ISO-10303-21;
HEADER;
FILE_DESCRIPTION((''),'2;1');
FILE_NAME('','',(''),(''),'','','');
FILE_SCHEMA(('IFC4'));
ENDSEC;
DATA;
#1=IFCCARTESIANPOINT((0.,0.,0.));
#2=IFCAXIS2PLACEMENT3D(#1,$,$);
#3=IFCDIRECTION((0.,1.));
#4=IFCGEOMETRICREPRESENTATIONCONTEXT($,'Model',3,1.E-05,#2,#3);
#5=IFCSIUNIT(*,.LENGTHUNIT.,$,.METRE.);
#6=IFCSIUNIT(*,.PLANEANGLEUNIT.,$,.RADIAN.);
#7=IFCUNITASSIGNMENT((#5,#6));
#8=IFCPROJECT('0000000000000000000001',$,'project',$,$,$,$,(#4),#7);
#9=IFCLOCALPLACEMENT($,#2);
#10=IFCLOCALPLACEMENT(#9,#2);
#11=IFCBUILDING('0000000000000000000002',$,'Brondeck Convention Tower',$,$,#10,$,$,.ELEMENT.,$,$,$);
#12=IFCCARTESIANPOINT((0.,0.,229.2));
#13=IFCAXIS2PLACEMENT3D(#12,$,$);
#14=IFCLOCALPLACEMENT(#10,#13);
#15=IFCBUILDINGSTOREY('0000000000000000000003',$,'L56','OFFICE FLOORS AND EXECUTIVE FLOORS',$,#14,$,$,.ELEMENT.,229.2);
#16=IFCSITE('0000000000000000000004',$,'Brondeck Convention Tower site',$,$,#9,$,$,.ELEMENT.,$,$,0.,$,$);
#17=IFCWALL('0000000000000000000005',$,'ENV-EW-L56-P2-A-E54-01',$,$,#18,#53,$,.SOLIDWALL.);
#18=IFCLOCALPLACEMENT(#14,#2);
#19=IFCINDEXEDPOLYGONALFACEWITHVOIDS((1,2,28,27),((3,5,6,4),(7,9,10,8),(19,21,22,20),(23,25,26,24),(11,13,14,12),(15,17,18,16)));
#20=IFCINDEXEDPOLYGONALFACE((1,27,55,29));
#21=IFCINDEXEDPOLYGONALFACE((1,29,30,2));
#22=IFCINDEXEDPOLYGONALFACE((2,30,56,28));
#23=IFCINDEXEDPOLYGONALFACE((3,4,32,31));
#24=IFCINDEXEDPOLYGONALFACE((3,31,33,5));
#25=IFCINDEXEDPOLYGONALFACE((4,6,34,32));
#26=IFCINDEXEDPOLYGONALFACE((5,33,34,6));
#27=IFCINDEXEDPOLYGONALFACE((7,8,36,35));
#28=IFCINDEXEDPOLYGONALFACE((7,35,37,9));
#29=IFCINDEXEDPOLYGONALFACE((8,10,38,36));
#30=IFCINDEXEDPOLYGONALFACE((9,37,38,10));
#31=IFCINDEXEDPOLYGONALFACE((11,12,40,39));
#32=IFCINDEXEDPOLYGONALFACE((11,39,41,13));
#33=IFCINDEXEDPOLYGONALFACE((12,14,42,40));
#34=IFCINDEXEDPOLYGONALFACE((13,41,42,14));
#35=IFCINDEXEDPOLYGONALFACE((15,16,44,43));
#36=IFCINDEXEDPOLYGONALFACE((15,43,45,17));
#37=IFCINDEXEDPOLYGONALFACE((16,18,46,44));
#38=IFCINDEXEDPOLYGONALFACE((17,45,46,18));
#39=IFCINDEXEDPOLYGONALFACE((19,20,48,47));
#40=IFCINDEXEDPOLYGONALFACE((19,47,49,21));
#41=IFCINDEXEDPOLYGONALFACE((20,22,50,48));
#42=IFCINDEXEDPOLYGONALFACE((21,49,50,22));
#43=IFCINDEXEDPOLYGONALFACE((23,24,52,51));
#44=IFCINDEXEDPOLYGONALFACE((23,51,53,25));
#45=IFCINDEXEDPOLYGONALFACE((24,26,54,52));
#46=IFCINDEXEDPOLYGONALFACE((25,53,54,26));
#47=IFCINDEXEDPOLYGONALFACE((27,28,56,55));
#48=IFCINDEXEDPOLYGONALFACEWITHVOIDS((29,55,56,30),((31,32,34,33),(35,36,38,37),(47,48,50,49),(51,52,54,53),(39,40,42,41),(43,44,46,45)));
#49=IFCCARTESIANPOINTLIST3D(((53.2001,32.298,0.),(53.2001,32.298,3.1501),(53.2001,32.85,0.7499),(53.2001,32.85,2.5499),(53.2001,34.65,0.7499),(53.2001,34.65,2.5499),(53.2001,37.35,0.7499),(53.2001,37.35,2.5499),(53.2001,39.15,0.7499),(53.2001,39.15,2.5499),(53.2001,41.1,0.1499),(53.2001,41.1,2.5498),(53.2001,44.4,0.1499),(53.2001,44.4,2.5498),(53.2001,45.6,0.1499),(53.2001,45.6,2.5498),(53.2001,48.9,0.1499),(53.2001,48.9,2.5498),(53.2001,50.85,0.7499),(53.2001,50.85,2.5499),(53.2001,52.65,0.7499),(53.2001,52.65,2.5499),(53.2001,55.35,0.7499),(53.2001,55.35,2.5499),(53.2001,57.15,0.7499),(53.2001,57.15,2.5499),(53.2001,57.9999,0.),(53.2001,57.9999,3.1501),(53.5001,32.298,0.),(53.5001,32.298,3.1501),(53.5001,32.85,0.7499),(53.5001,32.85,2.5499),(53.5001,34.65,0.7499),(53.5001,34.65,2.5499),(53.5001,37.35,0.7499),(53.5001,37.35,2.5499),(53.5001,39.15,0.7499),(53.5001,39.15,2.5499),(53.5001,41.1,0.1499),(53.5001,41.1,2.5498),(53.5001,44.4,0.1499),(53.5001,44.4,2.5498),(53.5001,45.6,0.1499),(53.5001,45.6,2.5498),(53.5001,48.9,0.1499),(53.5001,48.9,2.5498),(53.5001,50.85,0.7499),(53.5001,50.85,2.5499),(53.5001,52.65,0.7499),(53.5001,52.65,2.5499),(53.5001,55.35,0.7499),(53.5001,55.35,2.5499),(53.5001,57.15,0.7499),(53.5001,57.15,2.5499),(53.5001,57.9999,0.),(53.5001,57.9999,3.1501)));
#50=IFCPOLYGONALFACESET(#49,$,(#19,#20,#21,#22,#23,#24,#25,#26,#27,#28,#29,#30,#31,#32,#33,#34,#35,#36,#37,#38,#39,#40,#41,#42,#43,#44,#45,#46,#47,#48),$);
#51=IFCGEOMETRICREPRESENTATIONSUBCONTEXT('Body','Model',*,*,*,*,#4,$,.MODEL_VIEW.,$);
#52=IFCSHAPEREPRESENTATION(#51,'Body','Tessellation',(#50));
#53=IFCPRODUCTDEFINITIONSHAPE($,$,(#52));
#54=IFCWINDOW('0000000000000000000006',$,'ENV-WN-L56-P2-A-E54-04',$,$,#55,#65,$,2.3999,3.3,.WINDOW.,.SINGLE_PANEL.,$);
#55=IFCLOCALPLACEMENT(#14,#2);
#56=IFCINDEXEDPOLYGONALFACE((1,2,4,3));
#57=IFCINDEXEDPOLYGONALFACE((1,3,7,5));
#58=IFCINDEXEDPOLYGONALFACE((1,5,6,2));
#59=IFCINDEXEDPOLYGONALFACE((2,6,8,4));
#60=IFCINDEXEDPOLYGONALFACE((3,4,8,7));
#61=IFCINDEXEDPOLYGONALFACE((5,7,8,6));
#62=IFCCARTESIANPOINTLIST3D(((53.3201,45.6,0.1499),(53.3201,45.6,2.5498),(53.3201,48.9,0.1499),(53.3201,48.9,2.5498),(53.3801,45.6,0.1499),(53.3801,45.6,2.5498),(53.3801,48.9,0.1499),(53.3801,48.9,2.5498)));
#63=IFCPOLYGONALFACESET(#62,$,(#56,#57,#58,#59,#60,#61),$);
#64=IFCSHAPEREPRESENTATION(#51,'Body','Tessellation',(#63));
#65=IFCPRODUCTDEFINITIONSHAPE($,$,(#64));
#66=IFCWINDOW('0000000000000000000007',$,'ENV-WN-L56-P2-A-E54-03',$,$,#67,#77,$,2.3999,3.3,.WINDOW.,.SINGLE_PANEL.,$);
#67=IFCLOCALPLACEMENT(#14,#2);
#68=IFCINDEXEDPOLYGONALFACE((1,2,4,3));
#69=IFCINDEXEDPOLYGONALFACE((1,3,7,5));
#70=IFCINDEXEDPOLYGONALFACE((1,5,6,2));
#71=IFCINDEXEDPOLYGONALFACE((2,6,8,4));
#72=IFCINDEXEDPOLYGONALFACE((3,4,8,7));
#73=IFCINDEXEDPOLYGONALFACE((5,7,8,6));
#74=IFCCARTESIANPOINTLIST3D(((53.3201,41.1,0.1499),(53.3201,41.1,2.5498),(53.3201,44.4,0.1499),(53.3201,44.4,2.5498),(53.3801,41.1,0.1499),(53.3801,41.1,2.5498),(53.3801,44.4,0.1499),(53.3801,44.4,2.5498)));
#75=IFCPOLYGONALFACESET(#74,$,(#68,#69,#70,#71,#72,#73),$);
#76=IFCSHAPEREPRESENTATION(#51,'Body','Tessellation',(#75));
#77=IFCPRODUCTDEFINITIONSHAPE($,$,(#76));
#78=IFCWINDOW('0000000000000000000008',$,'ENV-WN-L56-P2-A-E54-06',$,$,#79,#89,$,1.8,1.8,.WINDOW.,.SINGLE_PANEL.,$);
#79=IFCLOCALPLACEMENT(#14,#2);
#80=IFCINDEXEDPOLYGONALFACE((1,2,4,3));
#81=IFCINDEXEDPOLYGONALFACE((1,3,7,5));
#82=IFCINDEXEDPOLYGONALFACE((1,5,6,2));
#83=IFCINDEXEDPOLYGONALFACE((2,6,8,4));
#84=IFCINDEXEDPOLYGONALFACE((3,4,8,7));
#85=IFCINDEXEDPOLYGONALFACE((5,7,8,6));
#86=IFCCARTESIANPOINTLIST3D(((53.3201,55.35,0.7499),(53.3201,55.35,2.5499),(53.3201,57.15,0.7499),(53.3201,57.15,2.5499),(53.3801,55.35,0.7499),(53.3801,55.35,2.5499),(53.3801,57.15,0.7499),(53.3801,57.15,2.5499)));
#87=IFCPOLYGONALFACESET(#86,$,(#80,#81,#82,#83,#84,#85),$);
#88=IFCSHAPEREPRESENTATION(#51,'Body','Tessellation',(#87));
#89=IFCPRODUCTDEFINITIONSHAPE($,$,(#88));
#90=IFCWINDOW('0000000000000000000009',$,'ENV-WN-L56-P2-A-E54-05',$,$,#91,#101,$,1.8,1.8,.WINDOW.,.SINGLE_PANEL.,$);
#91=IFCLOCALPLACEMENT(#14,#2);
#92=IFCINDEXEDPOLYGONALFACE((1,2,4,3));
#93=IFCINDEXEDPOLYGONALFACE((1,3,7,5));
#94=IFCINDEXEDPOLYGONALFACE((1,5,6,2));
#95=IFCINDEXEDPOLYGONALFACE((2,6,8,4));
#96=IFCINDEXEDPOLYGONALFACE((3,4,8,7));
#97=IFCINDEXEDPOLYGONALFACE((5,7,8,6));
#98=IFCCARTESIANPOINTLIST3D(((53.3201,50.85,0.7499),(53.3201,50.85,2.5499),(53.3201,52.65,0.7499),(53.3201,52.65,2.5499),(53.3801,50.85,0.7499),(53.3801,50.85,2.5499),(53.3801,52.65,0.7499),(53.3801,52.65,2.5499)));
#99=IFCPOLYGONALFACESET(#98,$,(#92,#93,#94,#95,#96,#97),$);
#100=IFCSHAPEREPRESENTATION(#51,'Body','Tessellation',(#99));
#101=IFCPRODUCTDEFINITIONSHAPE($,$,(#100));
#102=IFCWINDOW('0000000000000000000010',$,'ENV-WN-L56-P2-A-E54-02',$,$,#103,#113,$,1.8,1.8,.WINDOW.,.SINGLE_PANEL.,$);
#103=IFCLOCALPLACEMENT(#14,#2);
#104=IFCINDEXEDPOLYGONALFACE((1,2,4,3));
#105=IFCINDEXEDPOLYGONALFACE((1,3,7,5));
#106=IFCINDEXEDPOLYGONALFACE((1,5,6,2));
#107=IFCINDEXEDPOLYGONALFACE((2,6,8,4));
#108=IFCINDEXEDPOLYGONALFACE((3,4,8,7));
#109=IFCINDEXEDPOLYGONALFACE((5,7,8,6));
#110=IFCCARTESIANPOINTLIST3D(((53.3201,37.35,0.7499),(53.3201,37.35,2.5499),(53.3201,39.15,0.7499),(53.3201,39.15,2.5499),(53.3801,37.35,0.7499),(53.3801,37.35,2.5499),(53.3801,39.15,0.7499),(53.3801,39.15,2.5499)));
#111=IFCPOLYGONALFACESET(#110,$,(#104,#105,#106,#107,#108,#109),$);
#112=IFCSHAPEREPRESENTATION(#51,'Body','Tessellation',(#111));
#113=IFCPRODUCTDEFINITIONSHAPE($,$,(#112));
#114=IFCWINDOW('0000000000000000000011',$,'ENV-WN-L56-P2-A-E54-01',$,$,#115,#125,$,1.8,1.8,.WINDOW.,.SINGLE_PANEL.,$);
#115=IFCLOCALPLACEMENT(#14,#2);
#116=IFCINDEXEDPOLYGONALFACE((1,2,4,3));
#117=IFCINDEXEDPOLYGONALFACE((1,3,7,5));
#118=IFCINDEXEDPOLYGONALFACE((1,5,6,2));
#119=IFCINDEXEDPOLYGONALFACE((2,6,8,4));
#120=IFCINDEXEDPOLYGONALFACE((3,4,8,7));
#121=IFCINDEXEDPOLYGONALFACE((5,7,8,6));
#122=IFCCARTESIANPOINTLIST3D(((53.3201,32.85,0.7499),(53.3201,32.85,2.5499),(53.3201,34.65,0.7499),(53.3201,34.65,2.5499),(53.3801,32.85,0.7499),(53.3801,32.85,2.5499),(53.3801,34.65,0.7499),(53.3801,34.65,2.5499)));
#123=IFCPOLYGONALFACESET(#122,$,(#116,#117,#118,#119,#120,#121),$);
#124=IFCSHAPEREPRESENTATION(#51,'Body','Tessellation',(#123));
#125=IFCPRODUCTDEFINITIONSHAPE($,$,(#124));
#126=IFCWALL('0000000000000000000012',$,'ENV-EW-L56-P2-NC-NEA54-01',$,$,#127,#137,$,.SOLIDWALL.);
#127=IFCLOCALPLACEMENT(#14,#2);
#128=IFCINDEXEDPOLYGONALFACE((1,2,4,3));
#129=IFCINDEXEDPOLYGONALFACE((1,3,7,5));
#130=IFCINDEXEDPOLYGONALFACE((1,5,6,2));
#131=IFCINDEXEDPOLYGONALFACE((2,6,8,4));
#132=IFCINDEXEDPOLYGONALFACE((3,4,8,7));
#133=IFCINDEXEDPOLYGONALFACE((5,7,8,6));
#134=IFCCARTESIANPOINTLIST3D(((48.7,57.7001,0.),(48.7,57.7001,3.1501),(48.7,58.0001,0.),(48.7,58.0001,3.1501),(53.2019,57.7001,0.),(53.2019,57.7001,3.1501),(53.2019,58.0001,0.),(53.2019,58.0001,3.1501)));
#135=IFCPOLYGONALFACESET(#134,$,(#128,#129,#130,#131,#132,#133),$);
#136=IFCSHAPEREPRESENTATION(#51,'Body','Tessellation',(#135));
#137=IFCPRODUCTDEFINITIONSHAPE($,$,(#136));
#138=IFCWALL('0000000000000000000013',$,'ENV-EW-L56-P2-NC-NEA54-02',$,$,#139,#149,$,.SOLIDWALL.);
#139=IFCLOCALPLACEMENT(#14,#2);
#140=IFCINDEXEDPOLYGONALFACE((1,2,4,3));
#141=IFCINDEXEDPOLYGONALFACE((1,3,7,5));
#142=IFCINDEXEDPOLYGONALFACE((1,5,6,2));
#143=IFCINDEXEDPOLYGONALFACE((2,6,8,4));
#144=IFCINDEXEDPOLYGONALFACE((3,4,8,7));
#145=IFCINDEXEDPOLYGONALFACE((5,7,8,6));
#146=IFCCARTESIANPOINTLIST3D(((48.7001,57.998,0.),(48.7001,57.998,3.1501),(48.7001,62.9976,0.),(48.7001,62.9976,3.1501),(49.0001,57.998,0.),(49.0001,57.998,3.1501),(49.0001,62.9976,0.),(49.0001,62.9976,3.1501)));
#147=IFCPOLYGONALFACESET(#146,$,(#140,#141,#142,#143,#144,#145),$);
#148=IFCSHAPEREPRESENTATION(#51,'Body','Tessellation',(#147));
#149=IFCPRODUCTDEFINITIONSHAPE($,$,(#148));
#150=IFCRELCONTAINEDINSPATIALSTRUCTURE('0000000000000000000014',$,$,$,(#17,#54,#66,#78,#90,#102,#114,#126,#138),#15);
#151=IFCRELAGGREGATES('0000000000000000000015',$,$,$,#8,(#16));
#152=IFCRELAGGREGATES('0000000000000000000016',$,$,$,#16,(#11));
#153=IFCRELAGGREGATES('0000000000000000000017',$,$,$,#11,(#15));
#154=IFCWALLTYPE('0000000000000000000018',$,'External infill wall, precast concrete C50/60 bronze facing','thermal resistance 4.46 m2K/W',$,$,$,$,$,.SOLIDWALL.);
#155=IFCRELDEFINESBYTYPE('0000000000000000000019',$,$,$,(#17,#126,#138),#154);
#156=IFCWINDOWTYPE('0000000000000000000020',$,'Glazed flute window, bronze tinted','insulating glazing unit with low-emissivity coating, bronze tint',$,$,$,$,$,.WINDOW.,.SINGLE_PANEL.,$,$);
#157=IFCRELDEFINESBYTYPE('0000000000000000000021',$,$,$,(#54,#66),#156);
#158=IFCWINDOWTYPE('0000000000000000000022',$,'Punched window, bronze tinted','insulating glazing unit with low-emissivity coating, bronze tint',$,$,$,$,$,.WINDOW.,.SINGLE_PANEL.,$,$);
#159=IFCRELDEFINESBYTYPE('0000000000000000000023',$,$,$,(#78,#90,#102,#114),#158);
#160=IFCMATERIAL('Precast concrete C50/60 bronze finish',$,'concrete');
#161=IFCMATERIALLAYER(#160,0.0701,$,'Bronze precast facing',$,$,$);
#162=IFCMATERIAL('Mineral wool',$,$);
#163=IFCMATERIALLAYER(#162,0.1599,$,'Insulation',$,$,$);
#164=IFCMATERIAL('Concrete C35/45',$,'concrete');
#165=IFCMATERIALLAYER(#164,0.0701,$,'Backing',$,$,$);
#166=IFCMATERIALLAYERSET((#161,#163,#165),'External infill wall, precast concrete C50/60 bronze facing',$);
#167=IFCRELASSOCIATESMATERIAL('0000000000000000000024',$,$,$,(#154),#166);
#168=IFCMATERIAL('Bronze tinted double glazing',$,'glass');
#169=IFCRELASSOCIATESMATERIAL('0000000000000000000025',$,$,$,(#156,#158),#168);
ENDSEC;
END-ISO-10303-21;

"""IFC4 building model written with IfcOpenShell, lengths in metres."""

from ifc_helpers import new_model, si_unit, direction, frame, frame_2d, origin, place, context, subcontext, project, spatial, rectangle, extrude, material, layer, layer_set, type_object, element, fill, save


model = new_model("IFC4")

# Units and contexts
model_context = context("Model", 3, precision=1e-05, world=origin(), true_north=direction((0.0, 1.0)))
body_context = subcontext(model_context, "Body", "Model", "MODEL_VIEW")
ifc_project = project(units=[si_unit("LENGTHUNIT", "METRE"), si_unit("PLANEANGLEUNIT", "RADIAN")], contexts=[model_context])

# Site, building, storey
site_placement = place(None, origin())
site = spatial("IfcSite", under=ifc_project, at=site_placement, Name="Brondeck Convention Tower site", CompositionType="ELEMENT", RefElevation=0.0)
building_placement = place(site_placement, origin())
building = spatial("IfcBuilding", under=site, at=building_placement, Name="Brondeck Convention Tower", CompositionType="ELEMENT")
storey_placement = place(building_placement, frame((0.0, 0.0, 229.2)))
storey = spatial("IfcBuildingStorey", under=building, at=storey_placement, Name="L56", Description="OFFICE FLOORS AND EXECUTIVE FLOORS", CompositionType="ELEMENT", Elevation=229.2)

# Wall, openings, windows
ifc_material_1 = material(Name="Precast concrete C50/60 bronze finish", Category="concrete")
ifc_layer_1 = layer(ifc_material_1, 0.0701, Name="Bronze precast facing")
ifc_material_2 = material(Name="Mineral wool")
ifc_layer_2 = layer(ifc_material_2, 0.1599, Name="Insulation")
ifc_material_3 = material(Name="Concrete C35/45", Category="concrete")
ifc_layer_3 = layer(ifc_material_3, 0.0701, Name="Backing")
ifc_layer_set_1 = layer_set([ifc_layer_1, ifc_layer_2, ifc_layer_3], Name="External infill wall, precast concrete C50/60 bronze facing")
wall_type_1 = type_object("IfcWallType", Name="External infill wall, precast concrete C50/60 bronze facing", Description="thermal resistance 4.46 m2K/W", PredefinedType="SOLIDWALL", material=ifc_layer_set_1)
wall_1_placement = place(storey_placement, frame((53.3501, 58.0, 0.0), z_axis=(0.0, 0.0, 1.0), x_axis=(0.0, -1.0, 0.0)))
wall_1 = element("IfcWall", 1, at=wall_1_placement, inside=storey, type_object=wall_type_1, Name="ENV-EW-L56-P2-A-E54-01", PredefinedType="SOLIDWALL", context=body_context, shape_type="SweptSolid", body=[
    extrude(rectangle(XDim=25.7019, YDim=0.3, at=frame_2d((12.8511, 0.0))), origin(), (0.0, 0.0, 1.0), 3.1501),
])
opening_1_placement = place(wall_1_placement, frame((0.8501, 0.0, 0.75)))
opening_1 = element("IfcOpeningElement", 2, at=opening_1_placement, cuts=wall_1, PredefinedType="OPENING", context=body_context, shape_type="SweptSolid", body=[
    extrude(rectangle(XDim=1.8, YDim=1.8, at=frame_2d((0.8999, 0.8999))), frame((0.0, 0.1599, 0.0), z_axis=(0.0, -1.0, 0.0), x_axis=(1.0, 0.0, 0.0)), (0.0, 0.0, 1.0), 0.3201),
])
opening_2_placement = place(wall_1_placement, frame((5.3501, 0.0, 0.75)))
opening_2 = element("IfcOpeningElement", 3, at=opening_2_placement, cuts=wall_1, PredefinedType="OPENING", context=body_context, shape_type="SweptSolid", body=[
    extrude(rectangle(XDim=1.8, YDim=1.8, at=frame_2d((0.8999, 0.8999))), frame((0.0, 0.1599, 0.0), z_axis=(0.0, -1.0, 0.0), x_axis=(1.0, 0.0, 0.0)), (0.0, 0.0, 1.0), 0.3201),
])
opening_3_placement = place(wall_1_placement, frame((9.1001, 0.0, 0.1499)))
opening_3 = element("IfcOpeningElement", 4, at=opening_3_placement, cuts=wall_1, PredefinedType="OPENING", context=body_context, shape_type="SweptSolid", body=[
    extrude(rectangle(XDim=3.3, YDim=2.3999, at=frame_2d((1.6499, 1.2))), frame((0.0, 0.1599, 0.0), z_axis=(0.0, -1.0, 0.0), x_axis=(1.0, 0.0, 0.0)), (0.0, 0.0, 1.0), 0.3201),
])
opening_4_placement = place(wall_1_placement, frame((13.6001, 0.0, 0.1499)))
opening_4 = element("IfcOpeningElement", 5, at=opening_4_placement, cuts=wall_1, PredefinedType="OPENING", context=body_context, shape_type="SweptSolid", body=[
    extrude(rectangle(XDim=3.3, YDim=2.3999, at=frame_2d((1.6499, 1.2))), frame((0.0, 0.1599, 0.0), z_axis=(0.0, -1.0, 0.0), x_axis=(1.0, 0.0, 0.0)), (0.0, 0.0, 1.0), 0.3201),
])
opening_5_placement = place(wall_1_placement, frame((18.8501, 0.0, 0.75)))
opening_5 = element("IfcOpeningElement", 6, at=opening_5_placement, cuts=wall_1, PredefinedType="OPENING", context=body_context, shape_type="SweptSolid", body=[
    extrude(rectangle(XDim=1.8, YDim=1.8, at=frame_2d((0.8999, 0.8999))), frame((0.0, 0.1599, 0.0), z_axis=(0.0, -1.0, 0.0), x_axis=(1.0, 0.0, 0.0)), (0.0, 0.0, 1.0), 0.3201),
])
opening_6_placement = place(wall_1_placement, frame((23.3501, 0.0, 0.75)))
opening_6 = element("IfcOpeningElement", 7, at=opening_6_placement, cuts=wall_1, PredefinedType="OPENING", context=body_context, shape_type="SweptSolid", body=[
    extrude(rectangle(XDim=1.8, YDim=1.8, at=frame_2d((0.8999, 0.8999))), frame((0.0, 0.1599, 0.0), z_axis=(0.0, -1.0, 0.0), x_axis=(1.0, 0.0, 0.0)), (0.0, 0.0, 1.0), 0.3201),
])
ifc_material_4 = material(Name="Bronze tinted double glazing", Category="glass")
window_type_1 = type_object("IfcWindowType", Name="Glazed flute window, bronze tinted", Description="insulating glazing unit with low-emissivity coating, bronze tint", PartitioningType="SINGLE_PANEL", PredefinedType="WINDOW", material=ifc_material_4)
window_1_placement = place(opening_3_placement, origin())
window_1 = element("IfcWindow", 8, at=window_1_placement, inside=storey, type_object=window_type_1, Name="ENV-WN-L56-P2-A-E54-04", OverallHeight=2.3999, OverallWidth=3.3, PartitioningType="SINGLE_PANEL", PredefinedType="WINDOW", context=body_context, shape_type="SweptSolid", body=[
    extrude(rectangle(XDim=3.3, YDim=2.3999, at=frame_2d((1.6499, 1.2))), frame((0.0, 0.03, 0.0), z_axis=(0.0, -1.0, 0.0), x_axis=(1.0, 0.0, 0.0)), (0.0, 0.0, 1.0), 0.0601),
])
fill(opening_3, window_1)
window_2_placement = place(opening_4_placement, origin())
window_2 = element("IfcWindow", 9, at=window_2_placement, inside=storey, type_object=window_type_1, Name="ENV-WN-L56-P2-A-E54-03", OverallHeight=2.3999, OverallWidth=3.3, PartitioningType="SINGLE_PANEL", PredefinedType="WINDOW", context=body_context, shape_type="SweptSolid", body=[
    extrude(rectangle(XDim=3.3, YDim=2.3999, at=frame_2d((1.6499, 1.2))), frame((0.0, 0.03, 0.0), z_axis=(0.0, -1.0, 0.0), x_axis=(1.0, 0.0, 0.0)), (0.0, 0.0, 1.0), 0.0601),
])
fill(opening_4, window_2)
window_type_2 = type_object("IfcWindowType", Name="Punched window, bronze tinted", Description="insulating glazing unit with low-emissivity coating, bronze tint", PartitioningType="SINGLE_PANEL", PredefinedType="WINDOW", material=ifc_material_4)
window_3_placement = place(opening_1_placement, origin())
window_3 = element("IfcWindow", 10, at=window_3_placement, inside=storey, type_object=window_type_2, Name="ENV-WN-L56-P2-A-E54-06", OverallHeight=1.8, OverallWidth=1.8, PartitioningType="SINGLE_PANEL", PredefinedType="WINDOW", context=body_context, shape_type="SweptSolid", body=[
    extrude(rectangle(XDim=1.8, YDim=1.8, at=frame_2d((0.8999, 0.8999))), frame((0.0, 0.03, 0.0), z_axis=(0.0, -1.0, 0.0), x_axis=(1.0, 0.0, 0.0)), (0.0, 0.0, 1.0), 0.0601),
])
fill(opening_1, window_3)
window_4_placement = place(opening_2_placement, origin())
window_4 = element("IfcWindow", 11, at=window_4_placement, inside=storey, type_object=window_type_2, Name="ENV-WN-L56-P2-A-E54-05", OverallHeight=1.8, OverallWidth=1.8, PartitioningType="SINGLE_PANEL", PredefinedType="WINDOW", context=body_context, shape_type="SweptSolid", body=[
    extrude(rectangle(XDim=1.8, YDim=1.8, at=frame_2d((0.8999, 0.8999))), frame((0.0, 0.03, 0.0), z_axis=(0.0, -1.0, 0.0), x_axis=(1.0, 0.0, 0.0)), (0.0, 0.0, 1.0), 0.0601),
])
fill(opening_2, window_4)
window_5_placement = place(opening_5_placement, origin())
window_5 = element("IfcWindow", 12, at=window_5_placement, inside=storey, type_object=window_type_2, Name="ENV-WN-L56-P2-A-E54-02", OverallHeight=1.8, OverallWidth=1.8, PartitioningType="SINGLE_PANEL", PredefinedType="WINDOW", context=body_context, shape_type="SweptSolid", body=[
    extrude(rectangle(XDim=1.8, YDim=1.8, at=frame_2d((0.8999, 0.8999))), frame((0.0, 0.03, 0.0), z_axis=(0.0, -1.0, 0.0), x_axis=(1.0, 0.0, 0.0)), (0.0, 0.0, 1.0), 0.0601),
])
fill(opening_5, window_5)
window_6_placement = place(opening_6_placement, origin())
window_6 = element("IfcWindow", 13, at=window_6_placement, inside=storey, type_object=window_type_2, Name="ENV-WN-L56-P2-A-E54-01", OverallHeight=1.8, OverallWidth=1.8, PartitioningType="SINGLE_PANEL", PredefinedType="WINDOW", context=body_context, shape_type="SweptSolid", body=[
    extrude(rectangle(XDim=1.8, YDim=1.8, at=frame_2d((0.8999, 0.8999))), frame((0.0, 0.03, 0.0), z_axis=(0.0, -1.0, 0.0), x_axis=(1.0, 0.0, 0.0)), (0.0, 0.0, 1.0), 0.0601),
])
fill(opening_6, window_6)

# Walls
wall_2_placement = place(storey_placement, frame((48.7, 57.8501, 0.0), z_axis=(0.0, 0.0, 1.0), x_axis=(1.0, 0.0, 0.0)))
element("IfcWall", 14, at=wall_2_placement, inside=storey, type_object=wall_type_1, Name="ENV-EW-L56-P2-NC-NEA54-01", PredefinedType="SOLIDWALL", context=body_context, shape_type="SweptSolid", body=[
    extrude(rectangle(XDim=4.502, YDim=0.3, at=frame_2d((2.251, 0.0))), origin(), (0.0, 0.0, 1.0), 3.1501),
])
wall_3_placement = place(storey_placement, frame((48.8501, 62.9976, 0.0), z_axis=(0.0, 0.0, 1.0), x_axis=(0.0, -1.0, 0.0)))
element("IfcWall", 15, at=wall_3_placement, inside=storey, type_object=wall_type_1, Name="ENV-EW-L56-P2-NC-NEA54-02", PredefinedType="SOLIDWALL", context=body_context, shape_type="SweptSolid", body=[
    extrude(rectangle(XDim=4.9995, YDim=0.3, at=frame_2d((2.4998, 0.0))), origin(), (0.0, 0.0, 1.0), 3.1501),
])

save(model, "model.ifc")
